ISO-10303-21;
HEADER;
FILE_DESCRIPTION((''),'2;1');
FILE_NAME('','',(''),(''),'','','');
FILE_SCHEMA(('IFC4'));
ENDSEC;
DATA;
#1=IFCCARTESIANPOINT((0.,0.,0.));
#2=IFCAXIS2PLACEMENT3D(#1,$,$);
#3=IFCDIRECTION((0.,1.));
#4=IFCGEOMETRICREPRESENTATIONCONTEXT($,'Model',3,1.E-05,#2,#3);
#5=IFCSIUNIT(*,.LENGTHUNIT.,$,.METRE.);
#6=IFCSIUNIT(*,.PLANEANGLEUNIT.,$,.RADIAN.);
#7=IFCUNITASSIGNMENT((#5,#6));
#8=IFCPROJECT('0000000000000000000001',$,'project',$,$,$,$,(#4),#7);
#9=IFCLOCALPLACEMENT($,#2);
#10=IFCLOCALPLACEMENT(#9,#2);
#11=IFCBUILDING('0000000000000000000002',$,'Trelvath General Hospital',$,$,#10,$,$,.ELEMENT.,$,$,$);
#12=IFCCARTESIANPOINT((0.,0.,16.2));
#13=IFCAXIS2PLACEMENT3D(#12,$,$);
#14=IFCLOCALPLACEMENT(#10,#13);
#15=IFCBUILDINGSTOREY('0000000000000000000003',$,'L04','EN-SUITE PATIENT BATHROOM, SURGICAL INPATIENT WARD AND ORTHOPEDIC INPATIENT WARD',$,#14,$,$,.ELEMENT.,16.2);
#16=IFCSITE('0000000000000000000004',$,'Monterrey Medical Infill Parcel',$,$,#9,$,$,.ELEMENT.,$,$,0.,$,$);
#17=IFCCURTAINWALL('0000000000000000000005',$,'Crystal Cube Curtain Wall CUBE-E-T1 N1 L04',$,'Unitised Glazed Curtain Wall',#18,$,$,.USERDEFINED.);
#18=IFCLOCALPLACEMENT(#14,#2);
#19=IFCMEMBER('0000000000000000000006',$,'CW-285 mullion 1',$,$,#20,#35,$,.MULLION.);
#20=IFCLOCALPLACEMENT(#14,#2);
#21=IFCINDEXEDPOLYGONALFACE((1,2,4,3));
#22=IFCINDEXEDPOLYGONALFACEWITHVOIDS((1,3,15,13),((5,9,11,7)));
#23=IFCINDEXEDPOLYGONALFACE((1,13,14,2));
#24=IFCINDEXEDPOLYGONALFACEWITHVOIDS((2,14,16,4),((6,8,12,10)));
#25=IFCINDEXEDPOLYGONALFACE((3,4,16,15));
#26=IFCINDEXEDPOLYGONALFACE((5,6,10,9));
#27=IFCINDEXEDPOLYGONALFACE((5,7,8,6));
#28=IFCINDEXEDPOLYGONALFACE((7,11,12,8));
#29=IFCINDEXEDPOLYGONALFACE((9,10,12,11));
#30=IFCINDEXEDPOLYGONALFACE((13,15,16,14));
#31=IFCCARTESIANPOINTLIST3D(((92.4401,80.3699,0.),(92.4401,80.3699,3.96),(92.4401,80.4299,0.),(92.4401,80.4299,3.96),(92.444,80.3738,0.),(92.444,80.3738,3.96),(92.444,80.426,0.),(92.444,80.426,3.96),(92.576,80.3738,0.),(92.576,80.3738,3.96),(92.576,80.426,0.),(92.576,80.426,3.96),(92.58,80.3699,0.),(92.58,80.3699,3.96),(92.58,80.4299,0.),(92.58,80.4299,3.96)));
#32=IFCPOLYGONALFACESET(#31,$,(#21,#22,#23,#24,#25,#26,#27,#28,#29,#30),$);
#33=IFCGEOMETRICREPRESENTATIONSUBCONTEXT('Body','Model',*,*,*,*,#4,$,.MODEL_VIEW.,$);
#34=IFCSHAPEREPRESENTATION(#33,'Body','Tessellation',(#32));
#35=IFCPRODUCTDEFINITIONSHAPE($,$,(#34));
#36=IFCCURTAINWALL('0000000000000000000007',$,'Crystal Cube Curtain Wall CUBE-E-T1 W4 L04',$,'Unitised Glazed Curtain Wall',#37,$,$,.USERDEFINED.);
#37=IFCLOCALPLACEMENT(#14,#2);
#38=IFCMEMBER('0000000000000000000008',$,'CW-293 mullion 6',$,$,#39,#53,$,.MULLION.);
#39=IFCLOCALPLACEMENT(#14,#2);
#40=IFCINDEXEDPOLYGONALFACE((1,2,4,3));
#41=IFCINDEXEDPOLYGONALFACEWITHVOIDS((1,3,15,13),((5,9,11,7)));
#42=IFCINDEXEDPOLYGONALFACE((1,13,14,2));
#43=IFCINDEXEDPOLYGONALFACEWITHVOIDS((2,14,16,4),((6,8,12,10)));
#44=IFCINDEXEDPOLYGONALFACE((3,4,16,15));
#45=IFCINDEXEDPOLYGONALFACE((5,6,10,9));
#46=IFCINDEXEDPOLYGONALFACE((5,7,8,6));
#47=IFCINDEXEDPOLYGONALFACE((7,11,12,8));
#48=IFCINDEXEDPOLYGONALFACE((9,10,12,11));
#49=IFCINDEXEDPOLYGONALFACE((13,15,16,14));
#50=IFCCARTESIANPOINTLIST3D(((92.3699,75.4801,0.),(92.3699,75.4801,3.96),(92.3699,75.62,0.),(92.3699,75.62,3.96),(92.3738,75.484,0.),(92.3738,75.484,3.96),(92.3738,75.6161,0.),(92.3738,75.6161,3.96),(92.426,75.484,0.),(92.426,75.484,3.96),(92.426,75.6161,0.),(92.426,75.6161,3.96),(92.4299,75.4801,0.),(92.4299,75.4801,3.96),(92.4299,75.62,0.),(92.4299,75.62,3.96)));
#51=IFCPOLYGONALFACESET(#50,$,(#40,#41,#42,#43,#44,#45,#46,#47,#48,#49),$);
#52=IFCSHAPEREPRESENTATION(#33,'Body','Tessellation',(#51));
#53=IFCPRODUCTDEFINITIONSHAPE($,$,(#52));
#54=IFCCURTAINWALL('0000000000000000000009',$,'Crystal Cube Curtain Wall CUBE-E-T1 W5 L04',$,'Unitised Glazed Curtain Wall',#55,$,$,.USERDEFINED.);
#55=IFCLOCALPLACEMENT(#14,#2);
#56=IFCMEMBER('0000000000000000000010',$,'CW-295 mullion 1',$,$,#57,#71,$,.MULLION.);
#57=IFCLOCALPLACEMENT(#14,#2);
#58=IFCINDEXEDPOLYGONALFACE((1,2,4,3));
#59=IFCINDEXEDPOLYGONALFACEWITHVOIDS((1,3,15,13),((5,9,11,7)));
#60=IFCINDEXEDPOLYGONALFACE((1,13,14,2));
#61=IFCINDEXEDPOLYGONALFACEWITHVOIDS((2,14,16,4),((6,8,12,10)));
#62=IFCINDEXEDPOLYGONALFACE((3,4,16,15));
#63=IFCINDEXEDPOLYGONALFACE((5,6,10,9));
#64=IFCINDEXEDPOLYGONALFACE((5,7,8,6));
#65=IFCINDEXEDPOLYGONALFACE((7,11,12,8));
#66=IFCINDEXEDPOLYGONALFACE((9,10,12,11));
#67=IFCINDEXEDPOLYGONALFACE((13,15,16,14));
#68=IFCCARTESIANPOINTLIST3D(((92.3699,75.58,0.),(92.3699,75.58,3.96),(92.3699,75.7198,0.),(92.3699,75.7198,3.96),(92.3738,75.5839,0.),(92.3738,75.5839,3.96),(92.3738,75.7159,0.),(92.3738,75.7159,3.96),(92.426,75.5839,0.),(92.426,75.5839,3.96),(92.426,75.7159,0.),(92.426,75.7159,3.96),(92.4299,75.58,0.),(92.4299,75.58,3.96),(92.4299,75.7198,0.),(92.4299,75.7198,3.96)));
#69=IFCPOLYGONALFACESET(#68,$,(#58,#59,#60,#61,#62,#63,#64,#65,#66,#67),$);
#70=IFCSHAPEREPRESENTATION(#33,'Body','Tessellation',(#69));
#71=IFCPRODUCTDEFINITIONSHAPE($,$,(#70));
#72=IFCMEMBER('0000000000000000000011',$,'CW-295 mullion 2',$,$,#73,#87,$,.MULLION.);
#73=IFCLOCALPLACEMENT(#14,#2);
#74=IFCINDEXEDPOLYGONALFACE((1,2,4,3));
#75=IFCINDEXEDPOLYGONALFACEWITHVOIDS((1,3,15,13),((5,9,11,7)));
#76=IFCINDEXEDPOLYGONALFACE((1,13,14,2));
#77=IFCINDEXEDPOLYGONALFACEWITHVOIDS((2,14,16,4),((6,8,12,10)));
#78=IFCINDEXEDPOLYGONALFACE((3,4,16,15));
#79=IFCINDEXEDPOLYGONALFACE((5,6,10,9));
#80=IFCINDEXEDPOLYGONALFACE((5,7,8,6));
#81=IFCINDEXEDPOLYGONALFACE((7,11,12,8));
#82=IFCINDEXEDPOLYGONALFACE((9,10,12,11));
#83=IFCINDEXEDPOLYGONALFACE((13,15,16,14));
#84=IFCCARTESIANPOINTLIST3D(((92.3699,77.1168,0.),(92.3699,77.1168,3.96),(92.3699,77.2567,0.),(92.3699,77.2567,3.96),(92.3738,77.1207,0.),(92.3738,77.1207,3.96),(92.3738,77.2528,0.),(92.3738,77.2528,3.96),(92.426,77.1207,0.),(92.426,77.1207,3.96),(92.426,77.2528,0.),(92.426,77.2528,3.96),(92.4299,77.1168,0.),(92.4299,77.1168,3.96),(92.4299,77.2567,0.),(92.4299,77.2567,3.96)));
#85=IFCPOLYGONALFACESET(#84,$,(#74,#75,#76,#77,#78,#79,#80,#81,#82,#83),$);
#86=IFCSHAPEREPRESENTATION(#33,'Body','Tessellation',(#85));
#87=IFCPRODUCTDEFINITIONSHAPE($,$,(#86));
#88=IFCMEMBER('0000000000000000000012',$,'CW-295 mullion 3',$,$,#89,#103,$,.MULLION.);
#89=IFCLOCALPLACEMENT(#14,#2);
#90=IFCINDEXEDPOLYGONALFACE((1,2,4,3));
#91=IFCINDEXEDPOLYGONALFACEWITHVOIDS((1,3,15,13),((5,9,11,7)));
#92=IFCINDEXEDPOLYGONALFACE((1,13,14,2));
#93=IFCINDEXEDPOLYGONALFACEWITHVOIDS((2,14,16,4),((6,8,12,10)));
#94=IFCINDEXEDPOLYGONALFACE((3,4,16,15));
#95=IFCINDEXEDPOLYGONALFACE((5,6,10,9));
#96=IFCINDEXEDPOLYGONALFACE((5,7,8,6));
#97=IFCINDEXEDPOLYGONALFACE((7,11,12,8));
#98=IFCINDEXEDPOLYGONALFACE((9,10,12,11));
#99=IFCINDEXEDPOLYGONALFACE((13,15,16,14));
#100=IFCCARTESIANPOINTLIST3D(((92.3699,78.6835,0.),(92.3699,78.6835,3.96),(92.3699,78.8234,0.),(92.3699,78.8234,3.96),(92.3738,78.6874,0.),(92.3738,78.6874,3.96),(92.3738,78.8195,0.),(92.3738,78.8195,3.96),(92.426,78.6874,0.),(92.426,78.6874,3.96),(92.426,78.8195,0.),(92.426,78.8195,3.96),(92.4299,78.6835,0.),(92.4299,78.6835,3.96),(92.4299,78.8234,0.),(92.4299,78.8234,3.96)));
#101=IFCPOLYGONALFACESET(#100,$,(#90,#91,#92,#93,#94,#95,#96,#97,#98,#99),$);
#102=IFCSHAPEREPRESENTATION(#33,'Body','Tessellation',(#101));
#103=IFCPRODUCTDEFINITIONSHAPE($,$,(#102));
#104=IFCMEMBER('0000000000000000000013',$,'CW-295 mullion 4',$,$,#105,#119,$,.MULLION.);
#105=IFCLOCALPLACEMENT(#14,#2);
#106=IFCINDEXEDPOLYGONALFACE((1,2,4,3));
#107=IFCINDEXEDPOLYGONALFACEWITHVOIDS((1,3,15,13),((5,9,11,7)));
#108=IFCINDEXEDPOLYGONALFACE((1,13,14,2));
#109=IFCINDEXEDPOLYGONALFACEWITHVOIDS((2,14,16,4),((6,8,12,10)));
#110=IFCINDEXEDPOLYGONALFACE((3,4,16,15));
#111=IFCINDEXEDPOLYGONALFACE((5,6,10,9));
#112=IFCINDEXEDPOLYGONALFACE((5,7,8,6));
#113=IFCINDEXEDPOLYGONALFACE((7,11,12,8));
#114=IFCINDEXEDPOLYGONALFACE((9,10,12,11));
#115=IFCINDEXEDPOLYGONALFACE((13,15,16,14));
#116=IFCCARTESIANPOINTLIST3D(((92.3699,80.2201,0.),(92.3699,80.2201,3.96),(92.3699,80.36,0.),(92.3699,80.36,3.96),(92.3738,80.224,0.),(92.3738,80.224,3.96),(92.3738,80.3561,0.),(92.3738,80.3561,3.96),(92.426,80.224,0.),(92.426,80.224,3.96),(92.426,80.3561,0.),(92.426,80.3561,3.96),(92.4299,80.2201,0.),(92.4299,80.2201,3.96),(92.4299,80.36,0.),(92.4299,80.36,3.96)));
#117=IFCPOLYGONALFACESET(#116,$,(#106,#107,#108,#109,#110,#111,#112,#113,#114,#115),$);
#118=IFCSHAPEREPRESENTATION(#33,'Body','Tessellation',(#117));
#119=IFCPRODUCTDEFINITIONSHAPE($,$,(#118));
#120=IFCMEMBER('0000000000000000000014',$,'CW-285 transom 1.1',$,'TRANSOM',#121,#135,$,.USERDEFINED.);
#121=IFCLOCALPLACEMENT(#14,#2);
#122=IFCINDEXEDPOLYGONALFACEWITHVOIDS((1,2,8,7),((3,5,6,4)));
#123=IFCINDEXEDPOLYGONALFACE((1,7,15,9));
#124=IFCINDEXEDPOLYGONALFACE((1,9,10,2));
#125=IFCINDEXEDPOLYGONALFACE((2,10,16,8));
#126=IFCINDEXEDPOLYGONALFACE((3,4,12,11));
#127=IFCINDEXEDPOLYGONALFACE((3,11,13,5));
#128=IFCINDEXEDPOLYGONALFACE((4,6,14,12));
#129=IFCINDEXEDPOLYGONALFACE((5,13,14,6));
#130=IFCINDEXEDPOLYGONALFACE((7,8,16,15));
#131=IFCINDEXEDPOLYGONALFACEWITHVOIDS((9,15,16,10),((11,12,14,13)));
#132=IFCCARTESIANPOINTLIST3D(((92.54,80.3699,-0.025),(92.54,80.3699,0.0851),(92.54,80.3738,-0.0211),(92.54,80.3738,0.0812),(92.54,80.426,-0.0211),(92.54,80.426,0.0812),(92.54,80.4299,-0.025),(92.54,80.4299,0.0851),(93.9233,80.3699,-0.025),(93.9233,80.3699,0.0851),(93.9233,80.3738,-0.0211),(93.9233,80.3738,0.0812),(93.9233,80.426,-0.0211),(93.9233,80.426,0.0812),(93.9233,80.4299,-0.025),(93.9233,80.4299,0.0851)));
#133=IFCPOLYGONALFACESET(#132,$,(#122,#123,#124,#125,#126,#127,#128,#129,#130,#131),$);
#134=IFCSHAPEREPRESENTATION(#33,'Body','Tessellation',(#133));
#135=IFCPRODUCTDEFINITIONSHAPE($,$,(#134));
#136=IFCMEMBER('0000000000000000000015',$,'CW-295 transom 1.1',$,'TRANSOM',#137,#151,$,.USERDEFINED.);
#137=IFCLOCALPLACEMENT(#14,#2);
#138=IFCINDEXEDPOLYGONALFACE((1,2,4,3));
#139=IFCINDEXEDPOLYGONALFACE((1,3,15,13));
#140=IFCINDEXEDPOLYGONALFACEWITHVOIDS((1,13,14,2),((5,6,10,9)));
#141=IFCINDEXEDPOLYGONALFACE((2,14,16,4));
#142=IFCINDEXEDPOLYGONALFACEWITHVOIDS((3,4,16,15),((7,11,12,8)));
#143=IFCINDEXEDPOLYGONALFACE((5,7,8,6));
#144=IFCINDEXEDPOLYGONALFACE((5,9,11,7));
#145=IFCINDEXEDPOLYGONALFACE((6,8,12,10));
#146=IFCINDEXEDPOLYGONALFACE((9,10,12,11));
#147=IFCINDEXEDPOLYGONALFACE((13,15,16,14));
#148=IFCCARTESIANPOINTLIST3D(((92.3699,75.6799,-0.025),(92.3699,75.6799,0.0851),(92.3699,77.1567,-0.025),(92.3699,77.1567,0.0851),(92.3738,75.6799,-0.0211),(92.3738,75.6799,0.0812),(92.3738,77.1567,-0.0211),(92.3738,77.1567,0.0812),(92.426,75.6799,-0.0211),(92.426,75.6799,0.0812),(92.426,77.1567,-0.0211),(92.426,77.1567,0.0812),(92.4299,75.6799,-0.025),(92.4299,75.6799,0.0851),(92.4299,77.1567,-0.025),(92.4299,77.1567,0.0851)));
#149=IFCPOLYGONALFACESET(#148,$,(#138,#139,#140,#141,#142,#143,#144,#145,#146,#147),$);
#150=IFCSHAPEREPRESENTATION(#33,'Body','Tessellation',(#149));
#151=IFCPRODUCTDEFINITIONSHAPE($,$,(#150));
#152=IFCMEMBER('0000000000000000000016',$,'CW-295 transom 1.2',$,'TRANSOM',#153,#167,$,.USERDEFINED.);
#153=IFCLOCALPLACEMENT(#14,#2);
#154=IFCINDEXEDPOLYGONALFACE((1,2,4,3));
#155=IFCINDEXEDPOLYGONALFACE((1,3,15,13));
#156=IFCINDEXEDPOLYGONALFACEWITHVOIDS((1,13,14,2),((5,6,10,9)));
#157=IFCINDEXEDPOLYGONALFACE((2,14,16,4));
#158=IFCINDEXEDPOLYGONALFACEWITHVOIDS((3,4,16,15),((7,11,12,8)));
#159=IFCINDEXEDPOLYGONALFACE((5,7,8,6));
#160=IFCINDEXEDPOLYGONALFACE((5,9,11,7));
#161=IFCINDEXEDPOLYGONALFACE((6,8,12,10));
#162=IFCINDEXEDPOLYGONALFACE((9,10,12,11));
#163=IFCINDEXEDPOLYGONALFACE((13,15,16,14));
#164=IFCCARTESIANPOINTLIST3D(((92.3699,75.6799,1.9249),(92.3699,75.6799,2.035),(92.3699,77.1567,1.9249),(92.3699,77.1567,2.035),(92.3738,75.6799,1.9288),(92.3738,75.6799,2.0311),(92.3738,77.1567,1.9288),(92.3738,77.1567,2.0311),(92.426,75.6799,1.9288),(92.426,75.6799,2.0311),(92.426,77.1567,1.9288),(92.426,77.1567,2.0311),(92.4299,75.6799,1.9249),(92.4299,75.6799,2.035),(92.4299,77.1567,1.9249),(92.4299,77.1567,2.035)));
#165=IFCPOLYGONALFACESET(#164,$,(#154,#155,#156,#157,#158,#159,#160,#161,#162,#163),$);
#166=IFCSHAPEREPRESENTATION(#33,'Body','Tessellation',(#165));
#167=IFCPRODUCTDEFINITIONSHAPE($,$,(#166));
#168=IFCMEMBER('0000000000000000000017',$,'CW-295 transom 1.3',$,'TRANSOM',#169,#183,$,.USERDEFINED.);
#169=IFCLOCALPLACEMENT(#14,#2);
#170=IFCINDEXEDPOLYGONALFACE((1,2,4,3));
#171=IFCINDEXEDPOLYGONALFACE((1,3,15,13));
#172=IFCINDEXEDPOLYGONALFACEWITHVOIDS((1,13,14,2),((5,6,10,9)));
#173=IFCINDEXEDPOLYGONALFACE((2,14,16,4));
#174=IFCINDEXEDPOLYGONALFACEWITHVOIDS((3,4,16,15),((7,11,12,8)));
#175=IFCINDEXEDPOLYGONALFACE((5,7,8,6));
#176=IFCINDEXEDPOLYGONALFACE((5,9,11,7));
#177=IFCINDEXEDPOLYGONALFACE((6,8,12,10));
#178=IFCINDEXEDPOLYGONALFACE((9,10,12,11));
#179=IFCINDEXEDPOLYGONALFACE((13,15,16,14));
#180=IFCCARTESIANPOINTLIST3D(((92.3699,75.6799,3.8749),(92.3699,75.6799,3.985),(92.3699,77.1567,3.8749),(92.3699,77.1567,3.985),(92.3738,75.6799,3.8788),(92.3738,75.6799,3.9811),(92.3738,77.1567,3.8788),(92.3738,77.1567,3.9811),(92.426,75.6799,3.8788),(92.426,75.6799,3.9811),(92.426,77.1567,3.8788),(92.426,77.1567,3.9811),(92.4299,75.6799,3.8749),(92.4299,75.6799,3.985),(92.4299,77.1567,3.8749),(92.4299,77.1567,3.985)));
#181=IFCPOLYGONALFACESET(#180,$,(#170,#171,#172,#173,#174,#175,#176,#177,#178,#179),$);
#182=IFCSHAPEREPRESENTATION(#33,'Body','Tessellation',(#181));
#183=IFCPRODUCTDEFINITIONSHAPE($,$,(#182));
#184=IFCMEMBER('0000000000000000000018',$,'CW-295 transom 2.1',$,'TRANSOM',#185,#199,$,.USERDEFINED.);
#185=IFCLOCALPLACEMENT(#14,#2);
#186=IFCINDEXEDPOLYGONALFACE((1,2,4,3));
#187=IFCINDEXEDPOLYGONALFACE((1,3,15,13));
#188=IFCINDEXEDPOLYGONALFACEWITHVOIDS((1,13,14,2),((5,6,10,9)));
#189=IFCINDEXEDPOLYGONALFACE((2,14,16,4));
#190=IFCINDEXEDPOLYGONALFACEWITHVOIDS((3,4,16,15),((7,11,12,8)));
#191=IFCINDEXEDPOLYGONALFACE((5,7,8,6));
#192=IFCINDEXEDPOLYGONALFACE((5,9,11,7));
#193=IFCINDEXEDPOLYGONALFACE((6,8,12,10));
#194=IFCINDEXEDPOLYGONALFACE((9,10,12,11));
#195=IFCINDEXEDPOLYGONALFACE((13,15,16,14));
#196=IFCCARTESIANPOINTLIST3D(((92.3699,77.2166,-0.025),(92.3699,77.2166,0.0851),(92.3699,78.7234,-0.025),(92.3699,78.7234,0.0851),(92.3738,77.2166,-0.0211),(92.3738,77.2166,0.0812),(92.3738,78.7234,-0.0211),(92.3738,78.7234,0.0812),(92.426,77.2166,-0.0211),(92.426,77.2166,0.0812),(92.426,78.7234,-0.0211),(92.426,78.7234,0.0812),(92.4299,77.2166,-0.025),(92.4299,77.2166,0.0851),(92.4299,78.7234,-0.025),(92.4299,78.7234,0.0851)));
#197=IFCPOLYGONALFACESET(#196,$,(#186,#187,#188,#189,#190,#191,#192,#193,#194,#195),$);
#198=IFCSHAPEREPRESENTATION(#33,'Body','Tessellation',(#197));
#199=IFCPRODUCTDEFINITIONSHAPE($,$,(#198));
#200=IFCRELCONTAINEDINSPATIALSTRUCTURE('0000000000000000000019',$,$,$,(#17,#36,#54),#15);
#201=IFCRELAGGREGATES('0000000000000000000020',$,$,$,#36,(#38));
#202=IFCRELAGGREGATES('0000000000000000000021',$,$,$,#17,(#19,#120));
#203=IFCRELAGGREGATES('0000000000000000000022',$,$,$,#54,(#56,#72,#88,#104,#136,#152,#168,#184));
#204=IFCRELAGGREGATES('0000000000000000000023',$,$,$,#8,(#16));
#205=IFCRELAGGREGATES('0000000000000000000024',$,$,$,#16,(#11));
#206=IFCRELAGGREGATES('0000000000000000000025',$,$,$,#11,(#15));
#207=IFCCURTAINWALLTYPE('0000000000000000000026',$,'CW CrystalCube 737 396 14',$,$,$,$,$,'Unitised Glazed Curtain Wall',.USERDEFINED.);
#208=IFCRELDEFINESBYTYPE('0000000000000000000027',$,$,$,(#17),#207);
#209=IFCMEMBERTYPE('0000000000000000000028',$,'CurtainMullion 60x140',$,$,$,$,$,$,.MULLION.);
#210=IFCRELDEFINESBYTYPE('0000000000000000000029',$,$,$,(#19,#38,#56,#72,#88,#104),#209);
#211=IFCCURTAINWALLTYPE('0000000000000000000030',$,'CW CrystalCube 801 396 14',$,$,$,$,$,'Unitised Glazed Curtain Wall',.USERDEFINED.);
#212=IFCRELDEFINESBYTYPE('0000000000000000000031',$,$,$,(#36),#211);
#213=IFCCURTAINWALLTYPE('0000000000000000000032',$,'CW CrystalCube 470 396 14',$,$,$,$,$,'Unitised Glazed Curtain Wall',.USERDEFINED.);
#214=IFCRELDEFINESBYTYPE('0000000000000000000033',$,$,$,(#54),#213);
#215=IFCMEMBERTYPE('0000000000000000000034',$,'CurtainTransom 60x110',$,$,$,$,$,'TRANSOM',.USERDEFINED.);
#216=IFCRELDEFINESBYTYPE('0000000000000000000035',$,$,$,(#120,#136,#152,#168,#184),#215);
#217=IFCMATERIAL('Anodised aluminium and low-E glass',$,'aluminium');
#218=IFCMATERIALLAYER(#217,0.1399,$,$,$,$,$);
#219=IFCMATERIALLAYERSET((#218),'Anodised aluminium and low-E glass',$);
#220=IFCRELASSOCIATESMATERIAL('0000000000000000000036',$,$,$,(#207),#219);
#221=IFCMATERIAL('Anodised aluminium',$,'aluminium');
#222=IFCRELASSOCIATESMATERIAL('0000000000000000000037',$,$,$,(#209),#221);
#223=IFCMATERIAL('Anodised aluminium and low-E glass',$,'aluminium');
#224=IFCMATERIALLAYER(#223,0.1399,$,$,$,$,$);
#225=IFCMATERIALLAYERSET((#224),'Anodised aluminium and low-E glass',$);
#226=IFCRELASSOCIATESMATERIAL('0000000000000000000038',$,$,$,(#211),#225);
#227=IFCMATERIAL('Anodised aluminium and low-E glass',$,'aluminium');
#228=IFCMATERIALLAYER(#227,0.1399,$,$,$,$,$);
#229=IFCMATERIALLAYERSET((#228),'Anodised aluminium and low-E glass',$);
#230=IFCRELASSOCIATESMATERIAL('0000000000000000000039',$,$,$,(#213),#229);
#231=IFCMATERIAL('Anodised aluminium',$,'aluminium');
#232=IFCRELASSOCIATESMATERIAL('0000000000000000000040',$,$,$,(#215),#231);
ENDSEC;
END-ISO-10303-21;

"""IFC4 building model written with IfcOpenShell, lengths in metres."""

from ifc_helpers import new_model, si_unit, direction, frame, origin, origin_2d, place, context, subcontext, project, spatial, hollow_rectangle, extrude, material, layer, layer_set, material_profile, profile_set, type_object, element, aggregate, save


model = new_model("IFC4")

# Units and contexts
model_context = context("Model", 3, precision=1e-05, world=origin(), true_north=direction((0.0, 1.0)))
body_context = subcontext(model_context, "Body", "Model", "MODEL_VIEW")
ifc_project = project(units=[si_unit("LENGTHUNIT", "METRE"), si_unit("PLANEANGLEUNIT", "RADIAN")], contexts=[model_context])

# Site, building, storey
site_placement = place(None, origin())
site = spatial("IfcSite", under=ifc_project, at=site_placement, Name="Monterrey Medical Infill Parcel", CompositionType="ELEMENT", RefElevation=0.0)
building_placement = place(site_placement, origin())
building = spatial("IfcBuilding", under=site, at=building_placement, Name="Trelvath General Hospital", CompositionType="ELEMENT")
storey_placement = place(building_placement, frame((0.0, 0.0, 16.2)))
storey = spatial("IfcBuildingStorey", under=building, at=storey_placement, Name="L04", Description="EN-SUITE PATIENT BATHROOM, SURGICAL INPATIENT WARD AND ORTHOPEDIC INPATIENT WARD", CompositionType="ELEMENT", Elevation=16.2)

# Curtain walls, members
ifc_material_1 = material(Name="Anodised aluminium and low-E glass", Category="aluminium")
ifc_layer_1 = layer(ifc_material_1, 0.1399)
ifc_layer_set_1 = layer_set([ifc_layer_1], Name="Anodised aluminium and low-E glass")
curtain_wall_type_1 = type_object("IfcCurtainWallType", Name="CW CrystalCube 737 396 14", ElementType="Unitised Glazed Curtain Wall", PredefinedType="USERDEFINED", material=ifc_layer_set_1)
curtain_wall_1_placement = place(storey_placement, origin())
curtain_wall_1 = element("IfcCurtainWall", 1, at=curtain_wall_1_placement, inside=storey, type_object=curtain_wall_type_1, Name="Crystal Cube Curtain Wall CUBE-E-T1 N1 L04", ObjectType="Unitised Glazed Curtain Wall", PredefinedType="USERDEFINED")
ifc_material_2 = material(Name="Anodised aluminium", Category="aluminium")
ifc_material_profile_1 = material_profile(ifc_material_2, hollow_rectangle(XDim=0.0601, YDim=0.1399, WallThickness=0.0039, at=origin_2d()), Name="RHS60x140x4")
ifc_profile_set_1 = profile_set([ifc_material_profile_1], Name="Anodised aluminium")
member_type_1 = type_object("IfcMemberType", Name="CurtainMullion 60x140", PredefinedType="MULLION", material=ifc_profile_set_1)
member_1_placement = place(storey_placement, frame((92.51, 80.3999, 0.0), z_axis=(0.0, 0.0, 1.0), x_axis=(0.0, 1.0, 0.0)))
member_1 = element("IfcMember", 2, at=member_1_placement, type_object=member_type_1, Name="CW-285 mullion 1", PredefinedType="MULLION", context=body_context, shape_type="SweptSolid", body=[
    extrude(hollow_rectangle(XDim=0.0601, YDim=0.1399, WallThickness=0.0039, at=origin_2d()), origin(), (0.0, 0.0, 1.0), 3.96),
])
ifc_material_3 = material(Name="Anodised aluminium and low-E glass", Category="aluminium")
ifc_layer_2 = layer(ifc_material_3, 0.1399)
ifc_layer_set_2 = layer_set([ifc_layer_2], Name="Anodised aluminium and low-E glass")
curtain_wall_type_2 = type_object("IfcCurtainWallType", Name="CW CrystalCube 801 396 14", ElementType="Unitised Glazed Curtain Wall", PredefinedType="USERDEFINED", material=ifc_layer_set_2)
curtain_wall_2_placement = place(storey_placement, origin())
curtain_wall_2 = element("IfcCurtainWall", 3, at=curtain_wall_2_placement, inside=storey, type_object=curtain_wall_type_2, Name="Crystal Cube Curtain Wall CUBE-E-T1 W4 L04", ObjectType="Unitised Glazed Curtain Wall", PredefinedType="USERDEFINED")
member_2_placement = place(storey_placement, frame((92.3999, 75.55, 0.0), z_axis=(0.0, 0.0, 1.0), x_axis=(-1.0, 0.0, 0.0)))
member_2 = element("IfcMember", 4, at=member_2_placement, type_object=member_type_1, Name="CW-293 mullion 6", PredefinedType="MULLION", context=body_context, shape_type="SweptSolid", body=[
    extrude(hollow_rectangle(XDim=0.0601, YDim=0.1399, WallThickness=0.0039, at=origin_2d()), origin(), (0.0, 0.0, 1.0), 3.96),
])
aggregate(curtain_wall_2, [member_2])

# Curtain wall, members
ifc_material_4 = material(Name="Anodised aluminium and low-E glass", Category="aluminium")
ifc_layer_3 = layer(ifc_material_4, 0.1399)
ifc_layer_set_3 = layer_set([ifc_layer_3], Name="Anodised aluminium and low-E glass")
curtain_wall_type_3 = type_object("IfcCurtainWallType", Name="CW CrystalCube 470 396 14", ElementType="Unitised Glazed Curtain Wall", PredefinedType="USERDEFINED", material=ifc_layer_set_3)
curtain_wall_3_placement = place(storey_placement, origin())
curtain_wall_3 = element("IfcCurtainWall", 5, at=curtain_wall_3_placement, inside=storey, type_object=curtain_wall_type_3, Name="Crystal Cube Curtain Wall CUBE-E-T1 W5 L04", ObjectType="Unitised Glazed Curtain Wall", PredefinedType="USERDEFINED")
member_3_placement = place(storey_placement, frame((92.3999, 75.6499, 0.0), z_axis=(0.0, 0.0, 1.0), x_axis=(-1.0, 0.0, 0.0)))
member_3 = element("IfcMember", 6, at=member_3_placement, type_object=member_type_1, Name="CW-295 mullion 1", PredefinedType="MULLION", context=body_context, shape_type="SweptSolid", body=[
    extrude(hollow_rectangle(XDim=0.0601, YDim=0.1399, WallThickness=0.0039, at=origin_2d()), origin(), (0.0, 0.0, 1.0), 3.96),
])
member_4_placement = place(storey_placement, frame((92.3999, 77.1868, 0.0), z_axis=(0.0, 0.0, 1.0), x_axis=(-1.0, 0.0, 0.0)))
member_4 = element("IfcMember", 7, at=member_4_placement, type_object=member_type_1, Name="CW-295 mullion 2", PredefinedType="MULLION", context=body_context, shape_type="SweptSolid", body=[
    extrude(hollow_rectangle(XDim=0.0601, YDim=0.1399, WallThickness=0.0039, at=origin_2d()), origin(), (0.0, 0.0, 1.0), 3.96),
])
member_5_placement = place(storey_placement, frame((92.3999, 78.7534, 0.0), z_axis=(0.0, 0.0, 1.0), x_axis=(-1.0, 0.0, 0.0)))
member_5 = element("IfcMember", 8, at=member_5_placement, type_object=member_type_1, Name="CW-295 mullion 3", PredefinedType="MULLION", context=body_context, shape_type="SweptSolid", body=[
    extrude(hollow_rectangle(XDim=0.0601, YDim=0.1399, WallThickness=0.0039, at=origin_2d()), origin(), (0.0, 0.0, 1.0), 3.96),
])
member_6_placement = place(storey_placement, frame((92.3999, 80.29, 0.0), z_axis=(0.0, 0.0, 1.0), x_axis=(-1.0, 0.0, 0.0)))
member_6 = element("IfcMember", 9, at=member_6_placement, type_object=member_type_1, Name="CW-295 mullion 4", PredefinedType="MULLION", context=body_context, shape_type="SweptSolid", body=[
    extrude(hollow_rectangle(XDim=0.0601, YDim=0.1399, WallThickness=0.0039, at=origin_2d()), origin(), (0.0, 0.0, 1.0), 3.96),
])

# Members
ifc_material_5 = material(Name="Anodised aluminium", Category="aluminium")
ifc_material_profile_2 = material_profile(ifc_material_5, hollow_rectangle(XDim=0.0601, YDim=0.1101, WallThickness=0.0039, at=origin_2d()), Name="RHS60x110x4")
ifc_profile_set_2 = profile_set([ifc_material_profile_2], Name="Anodised aluminium")
member_type_2 = type_object("IfcMemberType", Name="CurtainTransom 60x110", ElementType="TRANSOM", PredefinedType="USERDEFINED", material=ifc_profile_set_2)
member_7_placement = place(storey_placement, frame((92.54, 80.3999, 0.03), z_axis=(1.0, 0.0, 0.0), x_axis=(0.0, 1.0, 0.0)))
member_7 = element("IfcMember", 10, at=member_7_placement, type_object=member_type_2, Name="CW-285 transom 1.1", ObjectType="TRANSOM", PredefinedType="USERDEFINED", context=body_context, shape_type="SweptSolid", body=[
    extrude(hollow_rectangle(XDim=0.0601, YDim=0.1101, WallThickness=0.0039, at=origin_2d()), origin(), (0.0, 0.0, 1.0), 1.3833),
])
aggregate(curtain_wall_1, [member_1, member_7])
member_8_placement = place(storey_placement, frame((92.3999, 75.6799, 0.03), z_axis=(0.0, 1.0, 0.0), x_axis=(-1.0, 0.0, 0.0)))
member_8 = element("IfcMember", 11, at=member_8_placement, type_object=member_type_2, Name="CW-295 transom 1.1", ObjectType="TRANSOM", PredefinedType="USERDEFINED", context=body_context, shape_type="SweptSolid", body=[
    extrude(hollow_rectangle(XDim=0.0601, YDim=0.1101, WallThickness=0.0039, at=origin_2d()), origin(), (0.0, 0.0, 1.0), 1.4768),
])
member_9_placement = place(storey_placement, frame((92.3999, 75.6799, 1.98), z_axis=(0.0, 1.0, 0.0), x_axis=(-1.0, 0.0, 0.0)))
member_9 = element("IfcMember", 12, at=member_9_placement, type_object=member_type_2, Name="CW-295 transom 1.2", ObjectType="TRANSOM", PredefinedType="USERDEFINED", context=body_context, shape_type="SweptSolid", body=[
    extrude(hollow_rectangle(XDim=0.0601, YDim=0.1101, WallThickness=0.0039, at=origin_2d()), origin(), (0.0, 0.0, 1.0), 1.4768),
])
member_10_placement = place(storey_placement, frame((92.3999, 75.6799, 3.9299), z_axis=(0.0, 1.0, 0.0), x_axis=(-1.0, 0.0, 0.0)))
member_10 = element("IfcMember", 13, at=member_10_placement, type_object=member_type_2, Name="CW-295 transom 1.3", ObjectType="TRANSOM", PredefinedType="USERDEFINED", context=body_context, shape_type="SweptSolid", body=[
    extrude(hollow_rectangle(XDim=0.0601, YDim=0.1101, WallThickness=0.0039, at=origin_2d()), origin(), (0.0, 0.0, 1.0), 1.4768),
])
member_11_placement = place(storey_placement, frame((92.3999, 77.2166, 0.03), z_axis=(0.0, 1.0, 0.0), x_axis=(-1.0, 0.0, 0.0)))
member_11 = element("IfcMember", 14, at=member_11_placement, type_object=member_type_2, Name="CW-295 transom 2.1", ObjectType="TRANSOM", PredefinedType="USERDEFINED", context=body_context, shape_type="SweptSolid", body=[
    extrude(hollow_rectangle(XDim=0.0601, YDim=0.1101, WallThickness=0.0039, at=origin_2d()), origin(), (0.0, 0.0, 1.0), 1.5068),
])

aggregate(curtain_wall_3, [member_3, member_4, member_5, member_6, member_8, member_9, member_10, member_11])

save(model, "model.ifc")
